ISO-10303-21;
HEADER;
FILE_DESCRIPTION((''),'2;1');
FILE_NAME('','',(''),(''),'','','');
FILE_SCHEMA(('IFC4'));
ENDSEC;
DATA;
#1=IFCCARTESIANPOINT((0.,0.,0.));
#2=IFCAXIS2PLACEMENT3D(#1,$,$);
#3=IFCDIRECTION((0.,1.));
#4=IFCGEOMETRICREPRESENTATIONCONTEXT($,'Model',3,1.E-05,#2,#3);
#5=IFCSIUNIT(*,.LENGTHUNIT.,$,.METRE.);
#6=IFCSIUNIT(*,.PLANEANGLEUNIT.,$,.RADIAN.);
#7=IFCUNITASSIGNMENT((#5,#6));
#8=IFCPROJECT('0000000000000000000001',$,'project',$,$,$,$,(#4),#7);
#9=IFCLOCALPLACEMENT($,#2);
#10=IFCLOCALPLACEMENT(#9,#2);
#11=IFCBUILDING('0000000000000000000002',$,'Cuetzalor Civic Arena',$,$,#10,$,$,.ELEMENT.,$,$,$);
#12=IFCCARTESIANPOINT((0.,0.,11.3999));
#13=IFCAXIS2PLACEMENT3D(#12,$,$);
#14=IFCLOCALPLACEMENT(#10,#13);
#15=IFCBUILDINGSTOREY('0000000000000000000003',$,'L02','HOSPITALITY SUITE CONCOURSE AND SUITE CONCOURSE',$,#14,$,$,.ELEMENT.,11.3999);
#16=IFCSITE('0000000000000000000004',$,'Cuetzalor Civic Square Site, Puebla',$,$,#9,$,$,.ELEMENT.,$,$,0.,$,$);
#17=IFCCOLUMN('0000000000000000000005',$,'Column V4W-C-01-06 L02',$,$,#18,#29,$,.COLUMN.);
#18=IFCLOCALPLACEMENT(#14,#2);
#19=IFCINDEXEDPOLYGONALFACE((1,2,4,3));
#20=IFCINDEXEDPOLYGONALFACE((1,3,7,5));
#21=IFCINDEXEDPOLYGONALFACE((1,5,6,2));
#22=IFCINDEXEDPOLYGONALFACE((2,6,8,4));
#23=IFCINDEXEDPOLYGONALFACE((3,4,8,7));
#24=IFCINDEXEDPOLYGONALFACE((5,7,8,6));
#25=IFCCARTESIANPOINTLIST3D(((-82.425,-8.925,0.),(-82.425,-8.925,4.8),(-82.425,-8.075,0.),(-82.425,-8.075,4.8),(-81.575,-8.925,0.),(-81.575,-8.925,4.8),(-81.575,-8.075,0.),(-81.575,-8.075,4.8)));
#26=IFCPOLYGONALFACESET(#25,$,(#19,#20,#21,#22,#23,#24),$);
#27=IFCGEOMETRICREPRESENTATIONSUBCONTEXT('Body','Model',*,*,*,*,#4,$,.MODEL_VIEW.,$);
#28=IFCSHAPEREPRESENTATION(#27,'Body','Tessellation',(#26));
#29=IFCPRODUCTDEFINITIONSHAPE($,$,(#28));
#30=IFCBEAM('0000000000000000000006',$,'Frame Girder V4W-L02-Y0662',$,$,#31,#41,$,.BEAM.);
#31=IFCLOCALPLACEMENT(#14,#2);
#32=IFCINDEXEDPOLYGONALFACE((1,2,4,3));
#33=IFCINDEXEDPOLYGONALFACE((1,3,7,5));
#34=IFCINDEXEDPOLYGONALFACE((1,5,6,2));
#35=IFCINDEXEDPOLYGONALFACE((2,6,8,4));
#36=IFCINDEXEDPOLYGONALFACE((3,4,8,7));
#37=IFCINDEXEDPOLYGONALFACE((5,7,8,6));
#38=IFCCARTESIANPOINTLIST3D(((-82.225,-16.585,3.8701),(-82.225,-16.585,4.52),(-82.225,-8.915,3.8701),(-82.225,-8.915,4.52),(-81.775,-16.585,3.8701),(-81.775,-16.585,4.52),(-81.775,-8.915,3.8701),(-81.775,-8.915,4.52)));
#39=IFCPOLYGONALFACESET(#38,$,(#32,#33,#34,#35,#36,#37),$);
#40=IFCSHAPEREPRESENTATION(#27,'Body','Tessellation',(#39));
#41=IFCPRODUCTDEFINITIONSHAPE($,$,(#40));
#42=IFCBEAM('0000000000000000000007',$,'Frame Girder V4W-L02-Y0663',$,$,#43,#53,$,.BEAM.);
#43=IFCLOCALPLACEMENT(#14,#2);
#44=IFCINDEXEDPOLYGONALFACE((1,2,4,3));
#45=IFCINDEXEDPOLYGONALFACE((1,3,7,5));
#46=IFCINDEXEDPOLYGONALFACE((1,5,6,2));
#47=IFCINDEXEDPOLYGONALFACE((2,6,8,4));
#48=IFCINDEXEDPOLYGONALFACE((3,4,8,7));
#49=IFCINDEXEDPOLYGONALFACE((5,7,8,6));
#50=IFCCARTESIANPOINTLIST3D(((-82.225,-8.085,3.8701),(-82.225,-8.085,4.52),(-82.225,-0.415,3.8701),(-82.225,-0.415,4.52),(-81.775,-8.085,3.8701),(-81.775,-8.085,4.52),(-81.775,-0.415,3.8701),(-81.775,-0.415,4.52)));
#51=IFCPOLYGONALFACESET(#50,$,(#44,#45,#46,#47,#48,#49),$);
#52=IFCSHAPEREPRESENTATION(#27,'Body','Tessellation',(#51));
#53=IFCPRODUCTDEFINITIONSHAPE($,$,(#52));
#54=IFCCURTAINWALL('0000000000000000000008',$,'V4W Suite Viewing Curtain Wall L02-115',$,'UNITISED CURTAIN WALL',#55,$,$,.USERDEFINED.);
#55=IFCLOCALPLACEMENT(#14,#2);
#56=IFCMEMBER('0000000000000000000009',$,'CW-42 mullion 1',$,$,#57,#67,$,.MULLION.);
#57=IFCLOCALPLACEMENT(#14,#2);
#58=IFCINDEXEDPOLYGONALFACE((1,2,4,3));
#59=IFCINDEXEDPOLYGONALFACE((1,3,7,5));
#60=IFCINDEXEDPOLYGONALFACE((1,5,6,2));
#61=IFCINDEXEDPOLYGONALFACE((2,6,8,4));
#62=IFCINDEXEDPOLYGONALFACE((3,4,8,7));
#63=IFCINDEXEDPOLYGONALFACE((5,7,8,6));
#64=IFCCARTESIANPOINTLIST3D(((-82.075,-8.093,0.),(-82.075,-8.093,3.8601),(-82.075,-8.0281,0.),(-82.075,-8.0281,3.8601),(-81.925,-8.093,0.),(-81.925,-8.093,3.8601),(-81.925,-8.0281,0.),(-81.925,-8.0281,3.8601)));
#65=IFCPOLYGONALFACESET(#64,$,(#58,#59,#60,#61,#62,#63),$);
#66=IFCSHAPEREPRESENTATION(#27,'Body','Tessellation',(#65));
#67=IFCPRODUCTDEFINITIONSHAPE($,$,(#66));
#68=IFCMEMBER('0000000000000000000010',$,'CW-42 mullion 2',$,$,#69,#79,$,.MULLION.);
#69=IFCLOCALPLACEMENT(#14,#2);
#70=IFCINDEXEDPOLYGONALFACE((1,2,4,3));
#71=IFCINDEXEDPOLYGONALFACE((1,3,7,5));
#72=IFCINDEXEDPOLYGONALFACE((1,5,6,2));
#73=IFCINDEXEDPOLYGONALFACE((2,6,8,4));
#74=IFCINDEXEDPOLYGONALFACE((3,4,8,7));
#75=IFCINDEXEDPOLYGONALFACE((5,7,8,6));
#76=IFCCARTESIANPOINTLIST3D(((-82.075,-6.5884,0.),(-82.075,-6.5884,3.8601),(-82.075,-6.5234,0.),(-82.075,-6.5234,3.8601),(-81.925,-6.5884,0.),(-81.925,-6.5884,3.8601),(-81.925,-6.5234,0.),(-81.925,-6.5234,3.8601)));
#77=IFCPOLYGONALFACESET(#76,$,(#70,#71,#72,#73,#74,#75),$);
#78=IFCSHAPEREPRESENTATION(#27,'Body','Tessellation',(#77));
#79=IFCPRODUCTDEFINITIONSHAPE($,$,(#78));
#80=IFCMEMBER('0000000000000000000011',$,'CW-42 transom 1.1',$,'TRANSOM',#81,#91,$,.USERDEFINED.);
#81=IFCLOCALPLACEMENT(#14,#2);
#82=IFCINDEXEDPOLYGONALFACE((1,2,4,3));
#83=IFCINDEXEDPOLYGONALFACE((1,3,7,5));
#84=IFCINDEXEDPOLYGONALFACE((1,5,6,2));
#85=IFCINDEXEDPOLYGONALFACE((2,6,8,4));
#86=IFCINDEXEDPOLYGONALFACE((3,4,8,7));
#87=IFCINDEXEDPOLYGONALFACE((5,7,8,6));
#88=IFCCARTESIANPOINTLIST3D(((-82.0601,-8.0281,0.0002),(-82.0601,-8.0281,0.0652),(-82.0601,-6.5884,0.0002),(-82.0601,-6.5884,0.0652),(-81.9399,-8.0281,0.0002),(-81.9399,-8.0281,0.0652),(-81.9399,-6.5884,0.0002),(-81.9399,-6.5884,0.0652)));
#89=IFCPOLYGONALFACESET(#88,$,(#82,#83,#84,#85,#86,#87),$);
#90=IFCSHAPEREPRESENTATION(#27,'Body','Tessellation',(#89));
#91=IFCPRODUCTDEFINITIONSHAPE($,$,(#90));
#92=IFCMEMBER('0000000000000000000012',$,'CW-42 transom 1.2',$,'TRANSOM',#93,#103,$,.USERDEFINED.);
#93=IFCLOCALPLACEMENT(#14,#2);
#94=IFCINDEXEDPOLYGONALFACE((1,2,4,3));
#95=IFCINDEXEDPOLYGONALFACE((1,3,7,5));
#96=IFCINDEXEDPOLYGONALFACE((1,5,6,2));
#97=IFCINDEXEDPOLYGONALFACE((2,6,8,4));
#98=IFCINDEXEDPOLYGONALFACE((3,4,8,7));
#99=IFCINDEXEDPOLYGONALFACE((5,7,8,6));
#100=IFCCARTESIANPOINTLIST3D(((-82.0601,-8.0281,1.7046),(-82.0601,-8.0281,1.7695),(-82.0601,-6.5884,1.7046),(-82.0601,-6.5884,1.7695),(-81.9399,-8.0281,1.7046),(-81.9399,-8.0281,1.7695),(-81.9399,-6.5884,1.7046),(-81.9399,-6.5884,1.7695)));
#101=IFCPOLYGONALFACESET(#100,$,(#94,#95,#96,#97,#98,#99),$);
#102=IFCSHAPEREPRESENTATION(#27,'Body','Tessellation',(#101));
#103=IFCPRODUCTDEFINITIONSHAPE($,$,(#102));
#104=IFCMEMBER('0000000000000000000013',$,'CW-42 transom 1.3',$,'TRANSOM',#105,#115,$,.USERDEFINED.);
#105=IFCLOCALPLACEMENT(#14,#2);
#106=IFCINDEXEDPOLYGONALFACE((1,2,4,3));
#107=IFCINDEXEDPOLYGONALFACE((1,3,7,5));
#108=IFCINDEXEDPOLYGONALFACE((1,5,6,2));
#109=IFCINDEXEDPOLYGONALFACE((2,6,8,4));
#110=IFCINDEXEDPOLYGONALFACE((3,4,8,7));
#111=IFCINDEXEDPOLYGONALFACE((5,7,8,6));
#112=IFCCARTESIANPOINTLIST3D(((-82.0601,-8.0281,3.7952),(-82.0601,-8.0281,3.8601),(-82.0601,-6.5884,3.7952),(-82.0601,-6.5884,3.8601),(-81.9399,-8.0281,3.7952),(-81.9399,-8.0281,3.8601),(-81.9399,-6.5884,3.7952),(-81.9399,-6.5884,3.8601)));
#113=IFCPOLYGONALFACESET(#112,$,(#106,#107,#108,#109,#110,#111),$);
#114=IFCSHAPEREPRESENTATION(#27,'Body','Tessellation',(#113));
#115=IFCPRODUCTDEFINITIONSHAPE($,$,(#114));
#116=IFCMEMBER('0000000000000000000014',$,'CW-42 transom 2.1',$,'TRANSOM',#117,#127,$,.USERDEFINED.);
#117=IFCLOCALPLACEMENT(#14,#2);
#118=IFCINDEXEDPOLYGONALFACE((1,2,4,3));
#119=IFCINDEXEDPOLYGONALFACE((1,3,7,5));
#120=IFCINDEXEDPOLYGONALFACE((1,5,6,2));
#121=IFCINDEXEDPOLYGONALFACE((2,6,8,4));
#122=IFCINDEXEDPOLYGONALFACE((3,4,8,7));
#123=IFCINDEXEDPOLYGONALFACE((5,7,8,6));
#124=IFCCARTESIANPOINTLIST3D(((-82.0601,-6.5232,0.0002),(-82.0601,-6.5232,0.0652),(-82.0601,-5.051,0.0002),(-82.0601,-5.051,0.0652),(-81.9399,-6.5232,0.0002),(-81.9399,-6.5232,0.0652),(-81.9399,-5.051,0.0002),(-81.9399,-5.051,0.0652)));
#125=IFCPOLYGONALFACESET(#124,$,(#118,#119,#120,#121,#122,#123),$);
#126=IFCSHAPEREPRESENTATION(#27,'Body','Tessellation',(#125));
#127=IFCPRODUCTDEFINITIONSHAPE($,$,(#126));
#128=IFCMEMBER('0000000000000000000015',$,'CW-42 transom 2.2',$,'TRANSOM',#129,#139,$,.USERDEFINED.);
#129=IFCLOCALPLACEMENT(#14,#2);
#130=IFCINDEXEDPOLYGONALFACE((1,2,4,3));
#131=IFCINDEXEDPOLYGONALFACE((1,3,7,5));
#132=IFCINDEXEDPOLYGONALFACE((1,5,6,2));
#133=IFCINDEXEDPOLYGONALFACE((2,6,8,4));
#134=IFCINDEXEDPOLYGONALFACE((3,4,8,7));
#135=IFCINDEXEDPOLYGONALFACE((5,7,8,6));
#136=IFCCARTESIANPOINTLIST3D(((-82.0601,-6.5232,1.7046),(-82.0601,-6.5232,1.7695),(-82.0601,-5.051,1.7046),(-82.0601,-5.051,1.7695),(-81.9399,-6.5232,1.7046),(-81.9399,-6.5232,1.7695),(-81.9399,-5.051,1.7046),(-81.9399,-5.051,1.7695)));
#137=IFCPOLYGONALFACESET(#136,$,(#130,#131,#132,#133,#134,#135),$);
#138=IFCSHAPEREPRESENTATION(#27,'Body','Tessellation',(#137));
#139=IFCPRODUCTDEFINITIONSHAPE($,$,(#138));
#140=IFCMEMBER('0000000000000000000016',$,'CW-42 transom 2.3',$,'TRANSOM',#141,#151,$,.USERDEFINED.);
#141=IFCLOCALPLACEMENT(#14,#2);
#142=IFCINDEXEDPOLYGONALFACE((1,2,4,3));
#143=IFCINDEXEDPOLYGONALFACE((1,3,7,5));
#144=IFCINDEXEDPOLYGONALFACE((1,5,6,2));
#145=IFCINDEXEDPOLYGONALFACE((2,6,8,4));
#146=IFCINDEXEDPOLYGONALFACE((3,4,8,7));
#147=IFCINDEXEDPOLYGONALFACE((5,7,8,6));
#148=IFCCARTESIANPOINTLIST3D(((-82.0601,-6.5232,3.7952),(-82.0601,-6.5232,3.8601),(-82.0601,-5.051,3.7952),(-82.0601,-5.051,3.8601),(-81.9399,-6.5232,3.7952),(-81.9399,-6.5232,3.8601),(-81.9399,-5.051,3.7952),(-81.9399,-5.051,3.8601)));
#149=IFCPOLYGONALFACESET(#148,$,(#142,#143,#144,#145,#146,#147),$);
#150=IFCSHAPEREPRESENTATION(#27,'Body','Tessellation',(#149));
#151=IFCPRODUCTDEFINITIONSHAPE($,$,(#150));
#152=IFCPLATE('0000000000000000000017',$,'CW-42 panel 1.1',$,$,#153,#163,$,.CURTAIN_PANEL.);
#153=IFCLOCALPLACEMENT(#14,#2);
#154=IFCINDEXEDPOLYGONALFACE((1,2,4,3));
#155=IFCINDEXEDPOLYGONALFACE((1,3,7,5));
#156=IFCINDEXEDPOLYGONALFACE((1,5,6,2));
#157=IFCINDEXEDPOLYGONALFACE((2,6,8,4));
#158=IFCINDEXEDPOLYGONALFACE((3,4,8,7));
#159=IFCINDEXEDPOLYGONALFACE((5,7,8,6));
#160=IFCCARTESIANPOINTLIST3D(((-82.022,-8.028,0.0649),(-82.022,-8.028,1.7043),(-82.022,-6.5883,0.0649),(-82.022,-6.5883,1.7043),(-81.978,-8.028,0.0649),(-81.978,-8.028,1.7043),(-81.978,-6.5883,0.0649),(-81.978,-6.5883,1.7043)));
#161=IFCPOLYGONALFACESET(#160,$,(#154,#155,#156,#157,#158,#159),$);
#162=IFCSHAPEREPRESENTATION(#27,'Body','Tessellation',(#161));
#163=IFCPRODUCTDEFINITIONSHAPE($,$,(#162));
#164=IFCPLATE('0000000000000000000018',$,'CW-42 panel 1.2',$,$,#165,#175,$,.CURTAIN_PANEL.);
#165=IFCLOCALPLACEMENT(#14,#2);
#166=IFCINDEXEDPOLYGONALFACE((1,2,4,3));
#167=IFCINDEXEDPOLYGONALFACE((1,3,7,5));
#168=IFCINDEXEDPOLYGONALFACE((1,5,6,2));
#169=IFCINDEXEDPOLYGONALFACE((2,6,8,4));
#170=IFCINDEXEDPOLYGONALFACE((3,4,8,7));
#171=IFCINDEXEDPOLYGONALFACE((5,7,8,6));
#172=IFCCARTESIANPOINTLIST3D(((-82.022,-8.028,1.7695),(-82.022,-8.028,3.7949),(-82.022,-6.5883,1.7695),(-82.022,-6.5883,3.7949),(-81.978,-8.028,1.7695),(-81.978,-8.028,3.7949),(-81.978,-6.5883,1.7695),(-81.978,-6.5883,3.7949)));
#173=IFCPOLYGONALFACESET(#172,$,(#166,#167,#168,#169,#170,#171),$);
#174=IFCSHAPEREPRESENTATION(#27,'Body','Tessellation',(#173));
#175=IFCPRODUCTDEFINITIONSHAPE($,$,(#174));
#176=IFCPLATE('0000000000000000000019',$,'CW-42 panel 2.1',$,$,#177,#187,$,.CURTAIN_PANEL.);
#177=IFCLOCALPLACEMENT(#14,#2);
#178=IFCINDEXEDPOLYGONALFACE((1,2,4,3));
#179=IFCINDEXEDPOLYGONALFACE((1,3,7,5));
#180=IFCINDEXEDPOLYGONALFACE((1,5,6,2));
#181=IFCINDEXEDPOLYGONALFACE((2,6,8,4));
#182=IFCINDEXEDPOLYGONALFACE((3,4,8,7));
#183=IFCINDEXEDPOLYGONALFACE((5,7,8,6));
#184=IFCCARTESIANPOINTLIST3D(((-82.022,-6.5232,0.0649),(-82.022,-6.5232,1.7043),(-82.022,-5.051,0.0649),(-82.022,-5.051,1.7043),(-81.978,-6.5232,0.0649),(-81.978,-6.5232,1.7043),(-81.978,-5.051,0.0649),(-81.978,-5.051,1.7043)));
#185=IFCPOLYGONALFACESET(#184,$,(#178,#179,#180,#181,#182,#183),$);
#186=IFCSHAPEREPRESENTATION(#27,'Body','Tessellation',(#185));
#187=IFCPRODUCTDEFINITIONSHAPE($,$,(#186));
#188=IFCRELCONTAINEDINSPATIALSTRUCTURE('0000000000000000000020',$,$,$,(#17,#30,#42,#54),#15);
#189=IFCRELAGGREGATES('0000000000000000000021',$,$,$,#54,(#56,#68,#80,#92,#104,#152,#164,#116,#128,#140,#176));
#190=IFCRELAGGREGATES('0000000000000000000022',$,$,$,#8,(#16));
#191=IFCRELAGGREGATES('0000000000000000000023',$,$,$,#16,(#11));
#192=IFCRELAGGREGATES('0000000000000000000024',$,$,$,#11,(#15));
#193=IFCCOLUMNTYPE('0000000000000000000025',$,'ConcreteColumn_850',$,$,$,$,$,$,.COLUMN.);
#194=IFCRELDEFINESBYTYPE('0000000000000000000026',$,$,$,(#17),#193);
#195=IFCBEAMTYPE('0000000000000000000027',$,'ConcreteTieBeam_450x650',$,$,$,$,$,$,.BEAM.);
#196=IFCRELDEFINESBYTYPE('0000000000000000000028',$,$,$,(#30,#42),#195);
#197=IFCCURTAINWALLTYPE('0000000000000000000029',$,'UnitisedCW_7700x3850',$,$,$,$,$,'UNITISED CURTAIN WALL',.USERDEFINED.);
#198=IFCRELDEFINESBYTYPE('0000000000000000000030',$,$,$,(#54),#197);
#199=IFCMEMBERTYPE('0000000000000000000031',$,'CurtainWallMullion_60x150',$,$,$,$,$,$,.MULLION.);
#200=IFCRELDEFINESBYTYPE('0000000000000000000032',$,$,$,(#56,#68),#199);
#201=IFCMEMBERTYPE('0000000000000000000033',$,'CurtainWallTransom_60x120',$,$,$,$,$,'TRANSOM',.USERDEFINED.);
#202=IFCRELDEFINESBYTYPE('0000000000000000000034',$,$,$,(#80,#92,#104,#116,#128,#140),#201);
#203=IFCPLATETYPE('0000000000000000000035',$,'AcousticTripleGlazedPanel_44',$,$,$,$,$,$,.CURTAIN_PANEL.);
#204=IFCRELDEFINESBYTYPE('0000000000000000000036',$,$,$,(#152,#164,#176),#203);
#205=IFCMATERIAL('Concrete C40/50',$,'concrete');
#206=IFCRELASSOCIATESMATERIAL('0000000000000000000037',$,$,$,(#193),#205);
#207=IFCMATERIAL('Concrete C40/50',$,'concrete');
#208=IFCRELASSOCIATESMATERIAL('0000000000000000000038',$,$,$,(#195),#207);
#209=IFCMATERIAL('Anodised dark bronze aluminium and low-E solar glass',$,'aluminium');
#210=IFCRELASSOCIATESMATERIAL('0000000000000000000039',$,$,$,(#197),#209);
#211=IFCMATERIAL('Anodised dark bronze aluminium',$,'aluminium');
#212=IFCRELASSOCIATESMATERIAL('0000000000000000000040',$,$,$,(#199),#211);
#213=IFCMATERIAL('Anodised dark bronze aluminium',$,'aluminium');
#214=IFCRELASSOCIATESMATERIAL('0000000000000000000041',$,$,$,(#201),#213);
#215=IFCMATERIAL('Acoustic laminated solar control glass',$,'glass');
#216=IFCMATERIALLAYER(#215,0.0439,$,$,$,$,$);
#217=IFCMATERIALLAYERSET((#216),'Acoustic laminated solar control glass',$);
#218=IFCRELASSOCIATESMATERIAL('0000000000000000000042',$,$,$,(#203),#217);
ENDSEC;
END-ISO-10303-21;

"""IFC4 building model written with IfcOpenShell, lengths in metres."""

from ifc_helpers import new_model, si_unit, direction, frame, origin, origin_2d, place, context, subcontext, project, spatial, rectangle, extrude, material, layer, layer_set, material_profile, profile_set, type_object, element, aggregate, save


model = new_model("IFC4")

# Units and contexts
model_context = context("Model", 3, precision=1e-05, world=origin(), true_north=direction((0.0, 1.0)))
body_context = subcontext(model_context, "Body", "Model", "MODEL_VIEW")
ifc_project = project(units=[si_unit("LENGTHUNIT", "METRE"), si_unit("PLANEANGLEUNIT", "RADIAN")], contexts=[model_context])

# Site, building, storey
site_placement = place(None, origin())
site = spatial("IfcSite", under=ifc_project, at=site_placement, Name="Cuetzalor Civic Square Site, Puebla", CompositionType="ELEMENT", RefElevation=0.0)
building_placement = place(site_placement, origin())
building = spatial("IfcBuilding", under=site, at=building_placement, Name="Cuetzalor Civic Arena", CompositionType="ELEMENT")
storey_placement = place(building_placement, frame((0.0, 0.0, 11.3999)))
storey = spatial("IfcBuildingStorey", under=building, at=storey_placement, Name="L02", Description="HOSPITALITY SUITE CONCOURSE AND SUITE CONCOURSE", CompositionType="ELEMENT", Elevation=11.3999)

# Column
ifc_material_1 = material(Name="Concrete C40/50", Category="concrete")
ifc_material_profile_1 = material_profile(ifc_material_1, rectangle(XDim=0.8501, YDim=0.8501, at=origin_2d()), Name="RC 850x850")
ifc_profile_set_1 = profile_set([ifc_material_profile_1], Name="Concrete C40/50")
column_type = type_object("IfcColumnType", Name="ConcreteColumn_850", PredefinedType="COLUMN", material=ifc_profile_set_1)
column_placement = place(storey_placement, frame((-82.0, -8.5, 0.0), z_axis=(0.0, 0.0, 1.0), x_axis=(1.0, 0.0, 0.0)))
element("IfcColumn", 1, at=column_placement, inside=storey, type_object=column_type, Name="Column V4W-C-01-06 L02", PredefinedType="COLUMN", context=body_context, shape_type="SweptSolid", body=[
    extrude(rectangle(XDim=0.8501, YDim=0.8501, at=origin_2d()), origin(), (0.0, 0.0, 1.0), 4.8),
])

# Beams
ifc_material_2 = material(Name="Concrete C40/50", Category="concrete")
ifc_material_profile_2 = material_profile(ifc_material_2, rectangle(XDim=0.45, YDim=0.6499, at=origin_2d()), Name="RC 450x650")
ifc_profile_set_2 = profile_set([ifc_material_profile_2], Name="Concrete C40/50")
beam_type = type_object("IfcBeamType", Name="ConcreteTieBeam_450x650", PredefinedType="BEAM", material=ifc_profile_set_2)
for number, where, z_axis, x_axis, name in (
    (2, (-82.0, -16.585, 4.1951), (0.0, 1.0, 0.0), (-1.0, 0.0, 0.0), "Frame Girder V4W-L02-Y0662"),
    (3, (-82.0, -8.085, 4.1951), (0.0, 1.0, 0.0), (-1.0, 0.0, 0.0), "Frame Girder V4W-L02-Y0663"),
):
    element("IfcBeam", number, at=place(storey_placement, frame(where, z_axis=z_axis, x_axis=x_axis)), inside=storey, type_object=beam_type, Name=name, PredefinedType="BEAM", context=body_context, shape_type="SweptSolid", body=[
        extrude(rectangle(XDim=0.45, YDim=0.6499, at=origin_2d()), origin(), (0.0, 0.0, 1.0), 7.6699),
    ])

# Curtain wall, members, plates
ifc_material_3 = material(Name="Anodised dark bronze aluminium and low-E solar glass", Category="aluminium")
curtain_wall_type = type_object("IfcCurtainWallType", Name="UnitisedCW_7700x3850", ElementType="UNITISED CURTAIN WALL", PredefinedType="USERDEFINED", material=ifc_material_3)
curtain_wall_placement = place(storey_placement, origin())
curtain_wall = element("IfcCurtainWall", 4, at=curtain_wall_placement, inside=storey, type_object=curtain_wall_type, Name="V4W Suite Viewing Curtain Wall L02-115", ObjectType="UNITISED CURTAIN WALL", PredefinedType="USERDEFINED")
ifc_material_4 = material(Name="Anodised dark bronze aluminium", Category="aluminium")
ifc_material_profile_3 = material_profile(ifc_material_4, rectangle(XDim=0.0649, YDim=0.1499, at=origin_2d()), Name="ALU MULLION 65x150")
ifc_profile_set_3 = profile_set([ifc_material_profile_3], Name="Anodised dark bronze aluminium")
member_type_1 = type_object("IfcMemberType", Name="CurtainWallMullion_60x150", PredefinedType="MULLION", material=ifc_profile_set_3)
member_1_placement = place(storey_placement, frame((-82.0, -8.0605, 0.0), z_axis=(0.0, 0.0, 1.0), x_axis=(0.0, 1.0, 0.0)))
member_1 = element("IfcMember", 5, at=member_1_placement, type_object=member_type_1, Name="CW-42 mullion 1", PredefinedType="MULLION", context=body_context, shape_type="SweptSolid", body=[
    extrude(rectangle(XDim=0.0649, YDim=0.1499, at=origin_2d()), origin(), (0.0, 0.0, 1.0), 3.8601),
])
member_2_placement = place(storey_placement, frame((-82.0, -6.5559, 0.0), z_axis=(0.0, 0.0, 1.0), x_axis=(0.0, 1.0, 0.0)))
member_2 = element("IfcMember", 6, at=member_2_placement, type_object=member_type_1, Name="CW-42 mullion 2", PredefinedType="MULLION", context=body_context, shape_type="SweptSolid", body=[
    extrude(rectangle(XDim=0.0649, YDim=0.1499, at=origin_2d()), origin(), (0.0, 0.0, 1.0), 3.8601),
])
ifc_material_5 = material(Name="Anodised dark bronze aluminium", Category="aluminium")
ifc_material_profile_4 = material_profile(ifc_material_5, rectangle(XDim=0.1201, YDim=0.0649, at=origin_2d()), Name="ALU TRANSOM 65x120")
ifc_profile_set_4 = profile_set([ifc_material_profile_4], Name="Anodised dark bronze aluminium")
member_type_2 = type_object("IfcMemberType", Name="CurtainWallTransom_60x120", ElementType="TRANSOM", PredefinedType="USERDEFINED", material=ifc_profile_set_4)
member_3_placement = place(storey_placement, frame((-82.0, -8.0281, 0.0327), z_axis=(0.0, 1.0, 0.0), x_axis=(-1.0, 0.0, 0.0)))
member_3 = element("IfcMember", 7, at=member_3_placement, type_object=member_type_2, Name="CW-42 transom 1.1", ObjectType="TRANSOM", PredefinedType="USERDEFINED", context=body_context, shape_type="SweptSolid", body=[
    extrude(rectangle(XDim=0.1201, YDim=0.0649, at=origin_2d()), origin(), (0.0, 0.0, 1.0), 1.4397),
])
member_4_placement = place(storey_placement, frame((-82.0, -8.0281, 1.7371), z_axis=(0.0, 1.0, 0.0), x_axis=(-1.0, 0.0, 0.0)))
member_4 = element("IfcMember", 8, at=member_4_placement, type_object=member_type_2, Name="CW-42 transom 1.2", ObjectType="TRANSOM", PredefinedType="USERDEFINED", context=body_context, shape_type="SweptSolid", body=[
    extrude(rectangle(XDim=0.1201, YDim=0.0649, at=origin_2d()), origin(), (0.0, 0.0, 1.0), 1.4397),
])
member_5_placement = place(storey_placement, frame((-82.0, -8.0281, 3.8276), z_axis=(0.0, 1.0, 0.0), x_axis=(-1.0, 0.0, 0.0)))
member_5 = element("IfcMember", 9, at=member_5_placement, type_object=member_type_2, Name="CW-42 transom 1.3", ObjectType="TRANSOM", PredefinedType="USERDEFINED", context=body_context, shape_type="SweptSolid", body=[
    extrude(rectangle(XDim=0.1201, YDim=0.0649, at=origin_2d()), origin(), (0.0, 0.0, 1.0), 1.4397),
])
member_6_placement = place(storey_placement, frame((-82.0, -6.5232, 0.0327), z_axis=(0.0, 1.0, 0.0), x_axis=(-1.0, 0.0, 0.0)))
member_6 = element("IfcMember", 10, at=member_6_placement, type_object=member_type_2, Name="CW-42 transom 2.1", ObjectType="TRANSOM", PredefinedType="USERDEFINED", context=body_context, shape_type="SweptSolid", body=[
    extrude(rectangle(XDim=0.1201, YDim=0.0649, at=origin_2d()), origin(), (0.0, 0.0, 1.0), 1.4722),
])
member_7_placement = place(storey_placement, frame((-82.0, -6.5232, 1.7371), z_axis=(0.0, 1.0, 0.0), x_axis=(-1.0, 0.0, 0.0)))
member_7 = element("IfcMember", 11, at=member_7_placement, type_object=member_type_2, Name="CW-42 transom 2.2", ObjectType="TRANSOM", PredefinedType="USERDEFINED", context=body_context, shape_type="SweptSolid", body=[
    extrude(rectangle(XDim=0.1201, YDim=0.0649, at=origin_2d()), origin(), (0.0, 0.0, 1.0), 1.4722),
])
member_8_placement = place(storey_placement, frame((-82.0, -6.5232, 3.8276), z_axis=(0.0, 1.0, 0.0), x_axis=(-1.0, 0.0, 0.0)))
member_8 = element("IfcMember", 12, at=member_8_placement, type_object=member_type_2, Name="CW-42 transom 2.3", ObjectType="TRANSOM", PredefinedType="USERDEFINED", context=body_context, shape_type="SweptSolid", body=[
    extrude(rectangle(XDim=0.1201, YDim=0.0649, at=origin_2d()), origin(), (0.0, 0.0, 1.0), 1.4722),
])
ifc_material_6 = material(Name="Acoustic laminated solar control glass", Category="glass")
ifc_layer_1 = layer(ifc_material_6, 0.0439)
ifc_layer_set_1 = layer_set([ifc_layer_1], Name="Acoustic laminated solar control glass")
plate_type = type_object("IfcPlateType", Name="AcousticTripleGlazedPanel_44", PredefinedType="CURTAIN_PANEL", material=ifc_layer_set_1)
plate_1_placement = place(storey_placement, frame((-82.0, -7.3081, 0.0649), z_axis=(0.0, 0.0, 1.0), x_axis=(0.0, 1.0, 0.0)))
plate_1 = element("IfcPlate", 13, at=plate_1_placement, type_object=plate_type, Name="CW-42 panel 1.1", PredefinedType="CURTAIN_PANEL", context=body_context, shape_type="SweptSolid", body=[
    extrude(rectangle(XDim=1.4397, YDim=0.0439, at=origin_2d()), origin(), (0.0, 0.0, 1.0), 1.6394),
])
plate_2_placement = place(storey_placement, frame((-82.0, -7.3081, 1.7695), z_axis=(0.0, 0.0, 1.0), x_axis=(0.0, 1.0, 0.0)))
plate_2 = element("IfcPlate", 14, at=plate_2_placement, type_object=plate_type, Name="CW-42 panel 1.2", PredefinedType="CURTAIN_PANEL", context=body_context, shape_type="SweptSolid", body=[
    extrude(rectangle(XDim=1.4397, YDim=0.0439, at=origin_2d()), origin(), (0.0, 0.0, 1.0), 2.0254),
])
plate_3_placement = place(storey_placement, frame((-82.0, -5.7871, 0.0649), z_axis=(0.0, 0.0, 1.0), x_axis=(0.0, 1.0, 0.0)))
plate_3 = element("IfcPlate", 15, at=plate_3_placement, type_object=plate_type, Name="CW-42 panel 2.1", PredefinedType="CURTAIN_PANEL", context=body_context, shape_type="SweptSolid", body=[
    extrude(rectangle(XDim=1.4722, YDim=0.0439, at=origin_2d()), origin(), (0.0, 0.0, 1.0), 1.6394),
])
aggregate(curtain_wall, [member_1, member_2, member_3, member_4, member_5, plate_1, plate_2, member_6, member_7, member_8, plate_3])

save(model, "model.ifc")
